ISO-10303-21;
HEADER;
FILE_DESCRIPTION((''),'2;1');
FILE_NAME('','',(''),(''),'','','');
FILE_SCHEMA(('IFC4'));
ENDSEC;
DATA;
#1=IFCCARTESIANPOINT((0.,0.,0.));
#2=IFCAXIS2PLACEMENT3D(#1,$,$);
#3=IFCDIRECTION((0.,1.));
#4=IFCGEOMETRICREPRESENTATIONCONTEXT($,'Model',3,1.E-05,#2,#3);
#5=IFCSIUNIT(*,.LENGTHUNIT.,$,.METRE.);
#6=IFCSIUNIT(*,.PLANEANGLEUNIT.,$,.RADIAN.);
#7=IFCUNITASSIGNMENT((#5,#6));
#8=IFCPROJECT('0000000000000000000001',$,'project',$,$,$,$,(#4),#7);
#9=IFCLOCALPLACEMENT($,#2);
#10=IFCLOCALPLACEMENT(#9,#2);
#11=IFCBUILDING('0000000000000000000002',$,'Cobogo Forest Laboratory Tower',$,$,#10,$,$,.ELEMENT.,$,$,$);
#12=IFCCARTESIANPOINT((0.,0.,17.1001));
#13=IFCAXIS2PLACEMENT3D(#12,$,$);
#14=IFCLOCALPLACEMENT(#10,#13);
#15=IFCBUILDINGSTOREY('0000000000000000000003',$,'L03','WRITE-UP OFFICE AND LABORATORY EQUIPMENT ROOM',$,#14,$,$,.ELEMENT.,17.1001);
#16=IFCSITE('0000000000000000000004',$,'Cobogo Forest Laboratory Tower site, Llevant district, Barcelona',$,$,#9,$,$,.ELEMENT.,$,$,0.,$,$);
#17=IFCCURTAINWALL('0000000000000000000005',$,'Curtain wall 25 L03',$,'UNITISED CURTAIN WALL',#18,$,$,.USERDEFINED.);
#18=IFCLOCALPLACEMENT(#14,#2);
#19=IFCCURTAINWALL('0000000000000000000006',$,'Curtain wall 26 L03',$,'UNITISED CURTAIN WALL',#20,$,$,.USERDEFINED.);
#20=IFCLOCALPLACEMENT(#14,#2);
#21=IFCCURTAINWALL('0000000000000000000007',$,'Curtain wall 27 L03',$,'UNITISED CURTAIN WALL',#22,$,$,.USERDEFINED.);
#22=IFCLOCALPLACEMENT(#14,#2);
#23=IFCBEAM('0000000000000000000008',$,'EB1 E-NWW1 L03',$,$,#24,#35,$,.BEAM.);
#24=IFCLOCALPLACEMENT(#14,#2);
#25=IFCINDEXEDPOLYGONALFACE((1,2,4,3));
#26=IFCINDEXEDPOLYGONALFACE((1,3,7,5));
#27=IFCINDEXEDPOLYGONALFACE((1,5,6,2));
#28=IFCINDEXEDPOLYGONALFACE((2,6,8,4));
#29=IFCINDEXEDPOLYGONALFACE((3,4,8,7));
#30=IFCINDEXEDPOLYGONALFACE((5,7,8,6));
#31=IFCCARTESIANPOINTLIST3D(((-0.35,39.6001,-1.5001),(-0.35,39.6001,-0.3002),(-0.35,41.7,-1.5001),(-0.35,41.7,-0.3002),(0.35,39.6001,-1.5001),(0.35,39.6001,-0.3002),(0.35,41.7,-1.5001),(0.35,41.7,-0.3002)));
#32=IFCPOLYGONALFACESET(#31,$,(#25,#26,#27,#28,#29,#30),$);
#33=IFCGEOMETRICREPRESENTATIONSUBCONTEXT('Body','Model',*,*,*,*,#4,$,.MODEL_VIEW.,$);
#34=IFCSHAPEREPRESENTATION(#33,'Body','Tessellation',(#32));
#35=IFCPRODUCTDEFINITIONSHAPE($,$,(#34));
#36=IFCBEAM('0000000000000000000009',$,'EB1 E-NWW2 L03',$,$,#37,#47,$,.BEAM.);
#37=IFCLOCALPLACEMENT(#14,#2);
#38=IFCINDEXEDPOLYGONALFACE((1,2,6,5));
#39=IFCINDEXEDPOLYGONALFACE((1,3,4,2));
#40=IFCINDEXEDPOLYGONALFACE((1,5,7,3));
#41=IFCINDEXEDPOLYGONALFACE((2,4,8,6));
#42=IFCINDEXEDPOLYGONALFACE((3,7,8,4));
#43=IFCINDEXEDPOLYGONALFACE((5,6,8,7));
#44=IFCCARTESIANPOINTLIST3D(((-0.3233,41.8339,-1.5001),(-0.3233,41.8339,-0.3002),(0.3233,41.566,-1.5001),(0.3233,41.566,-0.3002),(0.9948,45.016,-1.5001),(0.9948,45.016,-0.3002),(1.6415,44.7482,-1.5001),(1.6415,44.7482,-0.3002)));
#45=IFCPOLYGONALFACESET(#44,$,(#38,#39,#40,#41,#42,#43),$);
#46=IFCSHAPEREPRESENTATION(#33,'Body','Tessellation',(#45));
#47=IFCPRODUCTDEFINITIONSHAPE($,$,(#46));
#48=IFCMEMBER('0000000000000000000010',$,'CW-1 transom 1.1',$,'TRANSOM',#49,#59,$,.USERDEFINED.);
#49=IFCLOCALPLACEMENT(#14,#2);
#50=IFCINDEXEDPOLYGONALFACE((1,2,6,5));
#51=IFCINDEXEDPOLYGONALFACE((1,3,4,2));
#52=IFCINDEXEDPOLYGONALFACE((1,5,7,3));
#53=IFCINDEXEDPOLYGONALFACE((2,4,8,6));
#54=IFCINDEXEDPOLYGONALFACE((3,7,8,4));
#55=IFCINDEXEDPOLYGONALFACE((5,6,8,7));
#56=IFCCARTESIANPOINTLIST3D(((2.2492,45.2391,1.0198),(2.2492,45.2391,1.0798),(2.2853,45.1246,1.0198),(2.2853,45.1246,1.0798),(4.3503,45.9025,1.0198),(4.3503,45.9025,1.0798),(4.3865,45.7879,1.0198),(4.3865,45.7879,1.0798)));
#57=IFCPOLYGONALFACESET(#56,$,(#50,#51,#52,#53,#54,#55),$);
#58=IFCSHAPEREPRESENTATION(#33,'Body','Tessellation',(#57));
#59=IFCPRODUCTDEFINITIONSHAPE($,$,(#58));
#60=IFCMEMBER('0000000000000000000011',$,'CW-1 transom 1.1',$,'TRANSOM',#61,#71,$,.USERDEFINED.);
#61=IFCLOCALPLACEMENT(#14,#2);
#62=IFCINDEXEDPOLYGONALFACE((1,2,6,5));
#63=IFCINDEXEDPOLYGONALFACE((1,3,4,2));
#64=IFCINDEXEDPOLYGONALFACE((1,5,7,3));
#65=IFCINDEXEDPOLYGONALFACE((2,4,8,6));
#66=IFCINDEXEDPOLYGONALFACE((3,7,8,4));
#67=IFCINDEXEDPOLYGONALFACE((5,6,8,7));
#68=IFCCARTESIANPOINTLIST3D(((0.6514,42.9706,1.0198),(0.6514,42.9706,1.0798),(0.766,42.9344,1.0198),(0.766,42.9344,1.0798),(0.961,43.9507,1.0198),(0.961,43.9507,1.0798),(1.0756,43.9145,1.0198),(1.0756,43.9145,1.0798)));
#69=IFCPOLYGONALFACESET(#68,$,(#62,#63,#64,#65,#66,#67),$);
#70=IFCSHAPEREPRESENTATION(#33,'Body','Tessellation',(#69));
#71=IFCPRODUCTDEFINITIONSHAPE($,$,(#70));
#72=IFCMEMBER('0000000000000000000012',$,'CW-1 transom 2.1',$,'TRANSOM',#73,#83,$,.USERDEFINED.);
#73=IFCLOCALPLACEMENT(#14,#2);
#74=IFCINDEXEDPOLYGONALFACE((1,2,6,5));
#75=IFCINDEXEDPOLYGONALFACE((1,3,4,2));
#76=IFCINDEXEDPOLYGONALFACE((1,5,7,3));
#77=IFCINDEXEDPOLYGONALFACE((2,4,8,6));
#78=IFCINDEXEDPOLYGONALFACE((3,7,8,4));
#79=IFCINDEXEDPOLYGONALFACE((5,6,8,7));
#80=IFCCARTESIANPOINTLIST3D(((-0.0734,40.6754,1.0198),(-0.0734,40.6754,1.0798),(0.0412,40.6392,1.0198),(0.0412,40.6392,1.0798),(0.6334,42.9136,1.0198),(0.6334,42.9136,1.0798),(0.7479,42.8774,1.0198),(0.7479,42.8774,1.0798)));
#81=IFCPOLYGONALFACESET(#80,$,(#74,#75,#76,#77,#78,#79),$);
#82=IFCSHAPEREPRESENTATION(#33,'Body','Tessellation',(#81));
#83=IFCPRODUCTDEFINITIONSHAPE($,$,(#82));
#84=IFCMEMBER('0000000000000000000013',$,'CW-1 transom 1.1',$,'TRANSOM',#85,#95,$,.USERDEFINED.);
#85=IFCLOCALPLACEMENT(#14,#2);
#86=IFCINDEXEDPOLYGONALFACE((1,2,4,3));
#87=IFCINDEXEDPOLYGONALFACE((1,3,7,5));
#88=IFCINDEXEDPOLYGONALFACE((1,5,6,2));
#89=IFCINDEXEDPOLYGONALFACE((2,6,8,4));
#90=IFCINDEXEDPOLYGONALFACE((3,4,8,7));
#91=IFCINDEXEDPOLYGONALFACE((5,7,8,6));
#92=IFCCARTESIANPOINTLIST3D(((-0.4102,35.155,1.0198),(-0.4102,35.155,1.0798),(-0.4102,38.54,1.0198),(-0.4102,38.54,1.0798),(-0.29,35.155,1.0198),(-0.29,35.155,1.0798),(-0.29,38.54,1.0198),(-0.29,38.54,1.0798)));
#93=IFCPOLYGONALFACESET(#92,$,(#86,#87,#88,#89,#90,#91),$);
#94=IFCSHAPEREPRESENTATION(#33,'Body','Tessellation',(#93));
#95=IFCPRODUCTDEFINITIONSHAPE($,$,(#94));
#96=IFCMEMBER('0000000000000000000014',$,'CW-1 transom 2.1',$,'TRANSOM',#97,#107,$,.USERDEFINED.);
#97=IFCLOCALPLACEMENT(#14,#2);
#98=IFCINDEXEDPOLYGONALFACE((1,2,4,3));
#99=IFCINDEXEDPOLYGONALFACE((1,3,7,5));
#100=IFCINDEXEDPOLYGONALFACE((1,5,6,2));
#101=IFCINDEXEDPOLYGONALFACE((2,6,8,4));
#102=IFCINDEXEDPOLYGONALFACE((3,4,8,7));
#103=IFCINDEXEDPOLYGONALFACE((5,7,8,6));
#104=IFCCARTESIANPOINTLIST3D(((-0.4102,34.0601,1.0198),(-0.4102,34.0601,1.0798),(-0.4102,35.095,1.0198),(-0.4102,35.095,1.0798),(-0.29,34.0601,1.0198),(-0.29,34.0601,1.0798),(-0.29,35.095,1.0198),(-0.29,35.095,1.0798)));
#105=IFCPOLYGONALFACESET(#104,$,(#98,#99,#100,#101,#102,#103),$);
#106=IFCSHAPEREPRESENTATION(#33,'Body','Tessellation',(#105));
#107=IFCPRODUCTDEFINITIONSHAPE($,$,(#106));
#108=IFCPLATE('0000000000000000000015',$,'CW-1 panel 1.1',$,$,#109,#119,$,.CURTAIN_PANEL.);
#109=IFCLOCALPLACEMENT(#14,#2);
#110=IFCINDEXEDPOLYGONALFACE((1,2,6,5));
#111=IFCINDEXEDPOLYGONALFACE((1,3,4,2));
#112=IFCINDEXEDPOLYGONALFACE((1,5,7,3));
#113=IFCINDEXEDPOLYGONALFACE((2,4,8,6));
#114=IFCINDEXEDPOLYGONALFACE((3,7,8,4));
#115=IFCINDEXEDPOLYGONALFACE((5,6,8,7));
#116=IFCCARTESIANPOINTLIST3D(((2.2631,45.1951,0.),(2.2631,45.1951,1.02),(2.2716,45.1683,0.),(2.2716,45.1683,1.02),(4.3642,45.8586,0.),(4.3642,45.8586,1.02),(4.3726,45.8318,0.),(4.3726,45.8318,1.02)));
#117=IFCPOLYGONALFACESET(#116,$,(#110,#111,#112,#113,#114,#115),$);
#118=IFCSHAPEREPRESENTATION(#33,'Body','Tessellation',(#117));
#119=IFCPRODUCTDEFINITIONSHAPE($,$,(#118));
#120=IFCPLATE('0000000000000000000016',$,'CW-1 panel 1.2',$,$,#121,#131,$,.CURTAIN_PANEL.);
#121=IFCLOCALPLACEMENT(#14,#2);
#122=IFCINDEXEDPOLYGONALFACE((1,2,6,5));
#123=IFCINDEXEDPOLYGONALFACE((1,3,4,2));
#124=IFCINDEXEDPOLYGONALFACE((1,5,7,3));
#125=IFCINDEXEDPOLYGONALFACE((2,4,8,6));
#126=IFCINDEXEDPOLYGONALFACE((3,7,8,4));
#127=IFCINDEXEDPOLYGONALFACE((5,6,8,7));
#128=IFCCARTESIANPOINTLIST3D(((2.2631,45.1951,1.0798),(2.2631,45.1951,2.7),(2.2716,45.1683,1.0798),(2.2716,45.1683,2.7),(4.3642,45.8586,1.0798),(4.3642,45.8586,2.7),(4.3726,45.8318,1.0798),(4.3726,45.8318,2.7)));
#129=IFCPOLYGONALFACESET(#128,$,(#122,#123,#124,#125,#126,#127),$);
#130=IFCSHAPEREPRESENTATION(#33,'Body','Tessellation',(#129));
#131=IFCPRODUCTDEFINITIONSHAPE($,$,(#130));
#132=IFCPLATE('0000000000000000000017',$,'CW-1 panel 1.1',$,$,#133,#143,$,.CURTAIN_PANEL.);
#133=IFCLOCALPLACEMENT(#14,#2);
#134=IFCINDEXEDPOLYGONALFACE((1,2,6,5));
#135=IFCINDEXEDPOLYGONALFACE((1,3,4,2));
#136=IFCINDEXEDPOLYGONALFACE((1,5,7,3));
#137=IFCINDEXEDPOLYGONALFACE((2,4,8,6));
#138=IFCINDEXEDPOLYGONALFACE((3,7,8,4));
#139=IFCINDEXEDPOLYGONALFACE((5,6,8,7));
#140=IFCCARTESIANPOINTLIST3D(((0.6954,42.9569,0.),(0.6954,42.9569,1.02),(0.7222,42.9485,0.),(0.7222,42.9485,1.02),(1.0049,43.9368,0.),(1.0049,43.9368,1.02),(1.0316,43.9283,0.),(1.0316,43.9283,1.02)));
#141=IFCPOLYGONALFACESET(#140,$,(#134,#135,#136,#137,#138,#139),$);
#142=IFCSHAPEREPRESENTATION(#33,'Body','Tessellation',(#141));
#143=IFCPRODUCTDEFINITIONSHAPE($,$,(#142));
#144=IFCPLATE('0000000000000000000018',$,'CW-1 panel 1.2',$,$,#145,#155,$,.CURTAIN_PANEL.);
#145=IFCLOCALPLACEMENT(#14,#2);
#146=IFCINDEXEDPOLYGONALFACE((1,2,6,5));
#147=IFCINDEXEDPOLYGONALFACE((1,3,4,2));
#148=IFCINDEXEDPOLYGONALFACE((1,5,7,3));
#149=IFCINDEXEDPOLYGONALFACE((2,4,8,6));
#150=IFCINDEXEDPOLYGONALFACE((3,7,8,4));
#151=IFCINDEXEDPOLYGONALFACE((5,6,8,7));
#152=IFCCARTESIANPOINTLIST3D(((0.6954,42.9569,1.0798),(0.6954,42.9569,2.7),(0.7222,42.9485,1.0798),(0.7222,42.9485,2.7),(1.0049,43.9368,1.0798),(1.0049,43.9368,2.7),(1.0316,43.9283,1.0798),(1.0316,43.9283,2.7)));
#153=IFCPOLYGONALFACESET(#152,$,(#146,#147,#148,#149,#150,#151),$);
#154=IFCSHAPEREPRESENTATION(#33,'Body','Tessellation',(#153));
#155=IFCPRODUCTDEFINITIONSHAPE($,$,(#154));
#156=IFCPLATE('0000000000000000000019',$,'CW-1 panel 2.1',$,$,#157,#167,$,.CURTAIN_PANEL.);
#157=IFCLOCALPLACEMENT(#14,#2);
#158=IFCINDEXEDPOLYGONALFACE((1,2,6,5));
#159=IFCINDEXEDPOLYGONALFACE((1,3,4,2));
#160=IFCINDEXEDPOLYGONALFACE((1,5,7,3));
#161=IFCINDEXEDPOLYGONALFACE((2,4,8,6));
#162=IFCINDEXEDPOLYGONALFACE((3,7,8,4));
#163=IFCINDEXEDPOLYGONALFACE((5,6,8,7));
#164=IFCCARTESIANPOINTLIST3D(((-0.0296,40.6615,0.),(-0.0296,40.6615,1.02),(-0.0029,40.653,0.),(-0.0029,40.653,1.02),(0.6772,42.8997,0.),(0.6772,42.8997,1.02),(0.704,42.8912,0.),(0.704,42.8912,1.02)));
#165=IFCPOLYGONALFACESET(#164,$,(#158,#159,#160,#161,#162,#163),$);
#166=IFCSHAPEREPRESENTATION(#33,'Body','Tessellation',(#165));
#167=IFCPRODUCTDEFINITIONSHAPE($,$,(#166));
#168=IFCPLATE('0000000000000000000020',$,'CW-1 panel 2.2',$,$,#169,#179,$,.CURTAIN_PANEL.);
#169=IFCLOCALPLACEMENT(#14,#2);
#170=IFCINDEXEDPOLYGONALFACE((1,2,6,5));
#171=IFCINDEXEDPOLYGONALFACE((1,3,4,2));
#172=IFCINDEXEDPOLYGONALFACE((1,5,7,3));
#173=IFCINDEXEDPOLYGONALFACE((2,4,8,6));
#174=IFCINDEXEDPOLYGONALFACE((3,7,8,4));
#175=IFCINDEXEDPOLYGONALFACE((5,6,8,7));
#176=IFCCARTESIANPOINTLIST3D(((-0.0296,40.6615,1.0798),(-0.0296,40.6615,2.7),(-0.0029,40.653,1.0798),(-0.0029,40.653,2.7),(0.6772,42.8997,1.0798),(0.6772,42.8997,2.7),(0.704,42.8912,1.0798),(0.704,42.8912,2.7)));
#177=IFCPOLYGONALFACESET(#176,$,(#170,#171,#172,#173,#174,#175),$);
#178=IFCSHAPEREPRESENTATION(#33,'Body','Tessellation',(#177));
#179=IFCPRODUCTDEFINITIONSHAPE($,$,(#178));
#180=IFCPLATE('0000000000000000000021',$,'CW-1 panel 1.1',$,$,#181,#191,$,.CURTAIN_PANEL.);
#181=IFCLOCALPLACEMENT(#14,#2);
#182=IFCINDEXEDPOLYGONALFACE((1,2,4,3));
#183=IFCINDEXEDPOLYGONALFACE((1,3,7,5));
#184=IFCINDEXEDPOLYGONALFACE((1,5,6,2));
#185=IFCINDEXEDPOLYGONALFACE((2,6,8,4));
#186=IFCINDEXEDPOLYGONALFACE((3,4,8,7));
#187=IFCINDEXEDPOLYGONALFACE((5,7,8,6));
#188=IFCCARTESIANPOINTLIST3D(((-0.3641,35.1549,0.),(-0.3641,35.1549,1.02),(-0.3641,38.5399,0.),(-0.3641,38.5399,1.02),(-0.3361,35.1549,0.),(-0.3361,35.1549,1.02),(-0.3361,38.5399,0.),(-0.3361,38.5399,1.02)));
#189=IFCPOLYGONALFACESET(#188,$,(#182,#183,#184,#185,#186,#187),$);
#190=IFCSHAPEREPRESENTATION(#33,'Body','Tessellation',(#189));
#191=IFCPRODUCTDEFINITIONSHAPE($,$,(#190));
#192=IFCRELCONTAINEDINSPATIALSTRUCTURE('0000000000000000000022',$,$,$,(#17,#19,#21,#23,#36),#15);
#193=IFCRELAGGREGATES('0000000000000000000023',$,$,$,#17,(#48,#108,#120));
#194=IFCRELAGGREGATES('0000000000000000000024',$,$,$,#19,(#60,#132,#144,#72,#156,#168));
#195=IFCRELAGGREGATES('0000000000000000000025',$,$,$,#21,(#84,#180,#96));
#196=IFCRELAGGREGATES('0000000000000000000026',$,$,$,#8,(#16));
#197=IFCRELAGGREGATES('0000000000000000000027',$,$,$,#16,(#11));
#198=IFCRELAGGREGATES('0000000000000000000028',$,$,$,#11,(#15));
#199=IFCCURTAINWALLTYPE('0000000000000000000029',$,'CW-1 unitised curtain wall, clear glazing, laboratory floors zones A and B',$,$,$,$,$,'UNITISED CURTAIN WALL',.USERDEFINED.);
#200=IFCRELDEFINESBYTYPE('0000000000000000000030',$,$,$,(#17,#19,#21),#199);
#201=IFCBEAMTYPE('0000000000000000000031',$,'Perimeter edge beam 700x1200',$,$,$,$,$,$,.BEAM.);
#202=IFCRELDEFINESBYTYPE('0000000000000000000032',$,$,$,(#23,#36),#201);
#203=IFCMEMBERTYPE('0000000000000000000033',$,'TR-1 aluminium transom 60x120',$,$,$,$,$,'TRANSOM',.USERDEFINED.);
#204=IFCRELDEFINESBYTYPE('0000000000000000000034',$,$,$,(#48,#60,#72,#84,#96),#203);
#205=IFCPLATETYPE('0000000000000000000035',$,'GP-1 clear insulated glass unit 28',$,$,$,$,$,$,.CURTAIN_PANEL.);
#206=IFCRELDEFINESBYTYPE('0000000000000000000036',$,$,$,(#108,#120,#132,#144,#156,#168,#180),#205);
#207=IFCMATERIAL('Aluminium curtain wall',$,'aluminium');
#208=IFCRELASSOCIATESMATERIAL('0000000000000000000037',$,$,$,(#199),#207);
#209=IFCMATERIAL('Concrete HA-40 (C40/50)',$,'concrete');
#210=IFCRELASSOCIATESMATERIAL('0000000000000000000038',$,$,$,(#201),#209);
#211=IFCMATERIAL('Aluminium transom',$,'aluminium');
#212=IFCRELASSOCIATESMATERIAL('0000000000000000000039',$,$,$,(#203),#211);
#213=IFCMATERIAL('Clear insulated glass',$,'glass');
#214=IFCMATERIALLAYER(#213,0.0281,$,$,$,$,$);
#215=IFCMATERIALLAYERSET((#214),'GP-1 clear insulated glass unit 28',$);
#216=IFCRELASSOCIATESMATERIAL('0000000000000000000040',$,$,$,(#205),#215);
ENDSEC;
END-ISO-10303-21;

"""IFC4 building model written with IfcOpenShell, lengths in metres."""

from ifc_helpers import new_model, si_unit, direction, frame, origin, origin_2d, place, context, subcontext, project, spatial, rectangle, extrude, material, layer, layer_set, material_profile, profile_set, type_object, element, aggregate, save


model = new_model("IFC4")

# Units and contexts
model_context = context("Model", 3, precision=1e-05, world=origin(), true_north=direction((0.0, 1.0)))
body_context = subcontext(model_context, "Body", "Model", "MODEL_VIEW")
ifc_project = project(units=[si_unit("LENGTHUNIT", "METRE"), si_unit("PLANEANGLEUNIT", "RADIAN")], contexts=[model_context])

# Site, building, storey
site_placement = place(None, origin())
site = spatial("IfcSite", under=ifc_project, at=site_placement, Name="Cobogo Forest Laboratory Tower site, Llevant district, Barcelona", CompositionType="ELEMENT", RefElevation=0.0)
building_placement = place(site_placement, origin())
building = spatial("IfcBuilding", under=site, at=building_placement, Name="Cobogo Forest Laboratory Tower", CompositionType="ELEMENT")
storey_placement = place(building_placement, frame((0.0, 0.0, 17.1001)))
storey = spatial("IfcBuildingStorey", under=building, at=storey_placement, Name="L03", Description="WRITE-UP OFFICE AND LABORATORY EQUIPMENT ROOM", CompositionType="ELEMENT", Elevation=17.1001)

# Shared definitions
ifc_material_1 = material(Name="Concrete HA-40 (C40/50)", Category="concrete")

# Curtain walls
ifc_material_2 = material(Name="Aluminium curtain wall", Category="aluminium")
curtain_wall_type = type_object("IfcCurtainWallType", Name="CW-1 unitised curtain wall, clear glazing, laboratory floors zones A and B", ElementType="UNITISED CURTAIN WALL", PredefinedType="USERDEFINED", material=ifc_material_2)
curtain_wall_1_placement = place(storey_placement, origin())
curtain_wall_1 = element("IfcCurtainWall", 1, at=curtain_wall_1_placement, inside=storey, type_object=curtain_wall_type, Name="Curtain wall 25 L03", ObjectType="UNITISED CURTAIN WALL", PredefinedType="USERDEFINED")
curtain_wall_2_placement = place(storey_placement, origin())
curtain_wall_2 = element("IfcCurtainWall", 2, at=curtain_wall_2_placement, inside=storey, type_object=curtain_wall_type, Name="Curtain wall 26 L03", ObjectType="UNITISED CURTAIN WALL", PredefinedType="USERDEFINED")
curtain_wall_3_placement = place(storey_placement, origin())
curtain_wall_3 = element("IfcCurtainWall", 3, at=curtain_wall_3_placement, inside=storey, type_object=curtain_wall_type, Name="Curtain wall 27 L03", ObjectType="UNITISED CURTAIN WALL", PredefinedType="USERDEFINED")

# Beams
ifc_material_profile_1 = material_profile(ifc_material_1, rectangle(XDim=0.7, YDim=1.2, at=origin_2d()), Name="RC 700x1200")
ifc_profile_set_1 = profile_set([ifc_material_profile_1], Name="Concrete HA-40 (C40/50)")
beam_type_1 = type_object("IfcBeamType", Name="Perimeter edge beam 700x1200", PredefinedType="BEAM", material=ifc_profile_set_1)
beam_1_placement = place(storey_placement, frame((0.0, 39.6001, -0.9001), z_axis=(0.0, 1.0, 0.0), x_axis=(-1.0, 0.0, 0.0)))
element("IfcBeam", 4, at=beam_1_placement, inside=storey, type_object=beam_type_1, Name="EB1 E-NWW1 L03", PredefinedType="BEAM", context=body_context, shape_type="SweptSolid", body=[
    extrude(rectangle(XDim=0.7, YDim=1.2, at=origin_2d()), origin(), (0.0, 0.0, 1.0), 2.0999),
])
beam_2_placement = place(storey_placement, frame((0.0, 41.7, -0.9001), z_axis=(0.382692, 0.923876, 0.0), x_axis=(-0.923876, 0.382692, 0.0)))
element("IfcBeam", 5, at=beam_2_placement, inside=storey, type_object=beam_type_1, Name="EB1 E-NWW2 L03", PredefinedType="BEAM", context=body_context, shape_type="SweptSolid", body=[
    extrude(rectangle(XDim=0.7, YDim=1.2, at=origin_2d()), origin(), (0.0, 0.0, 1.0), 3.4443),
])

# Members
ifc_material_3 = material(Name="Aluminium transom", Category="aluminium")
ifc_material_profile_2 = material_profile(ifc_material_3, rectangle(XDim=0.1201, YDim=0.0601, at=origin_2d()), Name="AL 60x120")
ifc_profile_set_2 = profile_set([ifc_material_profile_2], Name="Aluminium transom")
member_type_1 = type_object("IfcMemberType", Name="TR-1 aluminium transom 60x120", ElementType="TRANSOM", PredefinedType="USERDEFINED", material=ifc_profile_set_2)
member_1_placement = place(storey_placement, frame((4.3684, 45.8452, 1.0498), z_axis=(-0.953604, -0.301062, 0.0), x_axis=(0.301062, -0.953604, 0.0)))
member_1 = element("IfcMember", 6, at=member_1_placement, type_object=member_type_1, Name="CW-1 transom 1.1", ObjectType="TRANSOM", PredefinedType="USERDEFINED", context=body_context, shape_type="SweptSolid", body=[
    extrude(rectangle(XDim=0.1201, YDim=0.0601, at=origin_2d()), origin(), (0.0, 0.0, 1.0), 2.2034),
])
member_2_placement = place(storey_placement, frame((1.0183, 43.9326, 1.0498), z_axis=(-0.301222, -0.953554, 0.0), x_axis=(0.953554, -0.301222, 0.0)))
member_2 = element("IfcMember", 7, at=member_2_placement, type_object=member_type_1, Name="CW-1 transom 1.1", ObjectType="TRANSOM", PredefinedType="USERDEFINED", context=body_context, shape_type="SweptSolid", body=[
    extrude(rectangle(XDim=0.1201, YDim=0.0601, at=origin_2d()), origin(), (0.0, 0.0, 1.0), 1.0278),
])
member_3_placement = place(storey_placement, frame((0.6907, 42.8955, 1.0498), z_axis=(-0.301116, -0.953587, 0.0), x_axis=(0.953587, -0.301116, 0.0)))
member_3 = element("IfcMember", 8, at=member_3_placement, type_object=member_type_1, Name="CW-1 transom 2.1", ObjectType="TRANSOM", PredefinedType="USERDEFINED", context=body_context, shape_type="SweptSolid", body=[
    extrude(rectangle(XDim=0.1201, YDim=0.0601, at=origin_2d()), origin(), (0.0, 0.0, 1.0), 2.3472),
])
member_4_placement = place(storey_placement, frame((-0.3501, 38.54, 1.0498), z_axis=(0.0, -1.0, 0.0), x_axis=(1.0, 0.0, 0.0)))
member_4 = element("IfcMember", 9, at=member_4_placement, type_object=member_type_1, Name="CW-1 transom 1.1", ObjectType="TRANSOM", PredefinedType="USERDEFINED", context=body_context, shape_type="SweptSolid", body=[
    extrude(rectangle(XDim=0.1201, YDim=0.0601, at=origin_2d()), origin(), (0.0, 0.0, 1.0), 3.385),
])
member_5_placement = place(storey_placement, frame((-0.3501, 35.095, 1.0498), z_axis=(0.0, -1.0, 0.0), x_axis=(1.0, 0.0, 0.0)))
member_5 = element("IfcMember", 10, at=member_5_placement, type_object=member_type_1, Name="CW-1 transom 2.1", ObjectType="TRANSOM", PredefinedType="USERDEFINED", context=body_context, shape_type="SweptSolid", body=[
    extrude(rectangle(XDim=0.1201, YDim=0.0601, at=origin_2d()), origin(), (0.0, 0.0, 1.0), 1.0349),
])

# Plates
ifc_material_4 = material(Name="Clear insulated glass", Category="glass")
ifc_layer_1 = layer(ifc_material_4, 0.0281)
ifc_layer_set_1 = layer_set([ifc_layer_1], Name="GP-1 clear insulated glass unit 28")
plate_type_1 = type_object("IfcPlateType", Name="GP-1 clear insulated glass unit 28", PredefinedType="CURTAIN_PANEL", material=ifc_layer_set_1)
plate_1_placement = place(storey_placement, frame((3.3179, 45.5134, 0.0), z_axis=(0.0, 0.0, 1.0), x_axis=(-0.953581, -0.301135, 0.0)))
plate_1 = element("IfcPlate", 11, at=plate_1_placement, type_object=plate_type_1, Name="CW-1 panel 1.1", PredefinedType="CURTAIN_PANEL", context=body_context, shape_type="SweptSolid", body=[
    extrude(rectangle(XDim=2.2034, YDim=0.0281, at=origin_2d()), origin(), (0.0, 0.0, 1.0), 1.02),
])
plate_2_placement = place(storey_placement, frame((3.3179, 45.5134, 1.0798), z_axis=(0.0, 0.0, 1.0), x_axis=(-0.953581, -0.301135, 0.0)))
plate_2 = element("IfcPlate", 12, at=plate_2_placement, type_object=plate_type_1, Name="CW-1 panel 1.2", PredefinedType="CURTAIN_PANEL", context=body_context, shape_type="SweptSolid", body=[
    extrude(rectangle(XDim=2.2034, YDim=0.0281, at=origin_2d()), origin(), (0.0, 0.0, 1.0), 1.6201),
])
aggregate(curtain_wall_1, [member_1, plate_1, plate_2])
plate_3_placement = place(storey_placement, frame((0.8635, 43.4426, 0.0), z_axis=(0.0, 0.0, 1.0), x_axis=(-0.301135, -0.953581, 0.0)))
plate_3 = element("IfcPlate", 13, at=plate_3_placement, type_object=plate_type_1, Name="CW-1 panel 1.1", PredefinedType="CURTAIN_PANEL", context=body_context, shape_type="SweptSolid", body=[
    extrude(rectangle(XDim=1.0276, YDim=0.0281, at=origin_2d()), origin(), (0.0, 0.0, 1.0), 1.02),
])
plate_4_placement = place(storey_placement, frame((0.8635, 43.4426, 1.0798), z_axis=(0.0, 0.0, 1.0), x_axis=(-0.301135, -0.953581, 0.0)))
plate_4 = element("IfcPlate", 14, at=plate_4_placement, type_object=plate_type_1, Name="CW-1 panel 1.2", PredefinedType="CURTAIN_PANEL", context=body_context, shape_type="SweptSolid", body=[
    extrude(rectangle(XDim=1.0276, YDim=0.0281, at=origin_2d()), origin(), (0.0, 0.0, 1.0), 1.6201),
])
plate_5_placement = place(storey_placement, frame((0.3372, 41.7764, 0.0), z_axis=(0.0, 0.0, 1.0), x_axis=(-0.301135, -0.953581, 0.0)))
plate_5 = element("IfcPlate", 15, at=plate_5_placement, type_object=plate_type_1, Name="CW-1 panel 2.1", PredefinedType="CURTAIN_PANEL", context=body_context, shape_type="SweptSolid", body=[
    extrude(rectangle(XDim=2.3472, YDim=0.0281, at=origin_2d()), origin(), (0.0, 0.0, 1.0), 1.02),
])
plate_6_placement = place(storey_placement, frame((0.3372, 41.7764, 1.0798), z_axis=(0.0, 0.0, 1.0), x_axis=(-0.301135, -0.953581, 0.0)))
plate_6 = element("IfcPlate", 16, at=plate_6_placement, type_object=plate_type_1, Name="CW-1 panel 2.2", PredefinedType="CURTAIN_PANEL", context=body_context, shape_type="SweptSolid", body=[
    extrude(rectangle(XDim=2.3472, YDim=0.0281, at=origin_2d()), origin(), (0.0, 0.0, 1.0), 1.6201),
])
aggregate(curtain_wall_2, [member_2, plate_3, plate_4, member_3, plate_5, plate_6])
plate_7_placement = place(storey_placement, frame((-0.3501, 36.8474, 0.0), z_axis=(0.0, 0.0, 1.0), x_axis=(0.0, -1.0, 0.0)))
plate_7 = element("IfcPlate", 17, at=plate_7_placement, type_object=plate_type_1, Name="CW-1 panel 1.1", PredefinedType="CURTAIN_PANEL", context=body_context, shape_type="SweptSolid", body=[
    extrude(rectangle(XDim=3.385, YDim=0.0281, at=origin_2d()), origin(), (0.0, 0.0, 1.0), 1.02),
])
aggregate(curtain_wall_3, [member_4, plate_7, member_5])

save(model, "model.ifc")
